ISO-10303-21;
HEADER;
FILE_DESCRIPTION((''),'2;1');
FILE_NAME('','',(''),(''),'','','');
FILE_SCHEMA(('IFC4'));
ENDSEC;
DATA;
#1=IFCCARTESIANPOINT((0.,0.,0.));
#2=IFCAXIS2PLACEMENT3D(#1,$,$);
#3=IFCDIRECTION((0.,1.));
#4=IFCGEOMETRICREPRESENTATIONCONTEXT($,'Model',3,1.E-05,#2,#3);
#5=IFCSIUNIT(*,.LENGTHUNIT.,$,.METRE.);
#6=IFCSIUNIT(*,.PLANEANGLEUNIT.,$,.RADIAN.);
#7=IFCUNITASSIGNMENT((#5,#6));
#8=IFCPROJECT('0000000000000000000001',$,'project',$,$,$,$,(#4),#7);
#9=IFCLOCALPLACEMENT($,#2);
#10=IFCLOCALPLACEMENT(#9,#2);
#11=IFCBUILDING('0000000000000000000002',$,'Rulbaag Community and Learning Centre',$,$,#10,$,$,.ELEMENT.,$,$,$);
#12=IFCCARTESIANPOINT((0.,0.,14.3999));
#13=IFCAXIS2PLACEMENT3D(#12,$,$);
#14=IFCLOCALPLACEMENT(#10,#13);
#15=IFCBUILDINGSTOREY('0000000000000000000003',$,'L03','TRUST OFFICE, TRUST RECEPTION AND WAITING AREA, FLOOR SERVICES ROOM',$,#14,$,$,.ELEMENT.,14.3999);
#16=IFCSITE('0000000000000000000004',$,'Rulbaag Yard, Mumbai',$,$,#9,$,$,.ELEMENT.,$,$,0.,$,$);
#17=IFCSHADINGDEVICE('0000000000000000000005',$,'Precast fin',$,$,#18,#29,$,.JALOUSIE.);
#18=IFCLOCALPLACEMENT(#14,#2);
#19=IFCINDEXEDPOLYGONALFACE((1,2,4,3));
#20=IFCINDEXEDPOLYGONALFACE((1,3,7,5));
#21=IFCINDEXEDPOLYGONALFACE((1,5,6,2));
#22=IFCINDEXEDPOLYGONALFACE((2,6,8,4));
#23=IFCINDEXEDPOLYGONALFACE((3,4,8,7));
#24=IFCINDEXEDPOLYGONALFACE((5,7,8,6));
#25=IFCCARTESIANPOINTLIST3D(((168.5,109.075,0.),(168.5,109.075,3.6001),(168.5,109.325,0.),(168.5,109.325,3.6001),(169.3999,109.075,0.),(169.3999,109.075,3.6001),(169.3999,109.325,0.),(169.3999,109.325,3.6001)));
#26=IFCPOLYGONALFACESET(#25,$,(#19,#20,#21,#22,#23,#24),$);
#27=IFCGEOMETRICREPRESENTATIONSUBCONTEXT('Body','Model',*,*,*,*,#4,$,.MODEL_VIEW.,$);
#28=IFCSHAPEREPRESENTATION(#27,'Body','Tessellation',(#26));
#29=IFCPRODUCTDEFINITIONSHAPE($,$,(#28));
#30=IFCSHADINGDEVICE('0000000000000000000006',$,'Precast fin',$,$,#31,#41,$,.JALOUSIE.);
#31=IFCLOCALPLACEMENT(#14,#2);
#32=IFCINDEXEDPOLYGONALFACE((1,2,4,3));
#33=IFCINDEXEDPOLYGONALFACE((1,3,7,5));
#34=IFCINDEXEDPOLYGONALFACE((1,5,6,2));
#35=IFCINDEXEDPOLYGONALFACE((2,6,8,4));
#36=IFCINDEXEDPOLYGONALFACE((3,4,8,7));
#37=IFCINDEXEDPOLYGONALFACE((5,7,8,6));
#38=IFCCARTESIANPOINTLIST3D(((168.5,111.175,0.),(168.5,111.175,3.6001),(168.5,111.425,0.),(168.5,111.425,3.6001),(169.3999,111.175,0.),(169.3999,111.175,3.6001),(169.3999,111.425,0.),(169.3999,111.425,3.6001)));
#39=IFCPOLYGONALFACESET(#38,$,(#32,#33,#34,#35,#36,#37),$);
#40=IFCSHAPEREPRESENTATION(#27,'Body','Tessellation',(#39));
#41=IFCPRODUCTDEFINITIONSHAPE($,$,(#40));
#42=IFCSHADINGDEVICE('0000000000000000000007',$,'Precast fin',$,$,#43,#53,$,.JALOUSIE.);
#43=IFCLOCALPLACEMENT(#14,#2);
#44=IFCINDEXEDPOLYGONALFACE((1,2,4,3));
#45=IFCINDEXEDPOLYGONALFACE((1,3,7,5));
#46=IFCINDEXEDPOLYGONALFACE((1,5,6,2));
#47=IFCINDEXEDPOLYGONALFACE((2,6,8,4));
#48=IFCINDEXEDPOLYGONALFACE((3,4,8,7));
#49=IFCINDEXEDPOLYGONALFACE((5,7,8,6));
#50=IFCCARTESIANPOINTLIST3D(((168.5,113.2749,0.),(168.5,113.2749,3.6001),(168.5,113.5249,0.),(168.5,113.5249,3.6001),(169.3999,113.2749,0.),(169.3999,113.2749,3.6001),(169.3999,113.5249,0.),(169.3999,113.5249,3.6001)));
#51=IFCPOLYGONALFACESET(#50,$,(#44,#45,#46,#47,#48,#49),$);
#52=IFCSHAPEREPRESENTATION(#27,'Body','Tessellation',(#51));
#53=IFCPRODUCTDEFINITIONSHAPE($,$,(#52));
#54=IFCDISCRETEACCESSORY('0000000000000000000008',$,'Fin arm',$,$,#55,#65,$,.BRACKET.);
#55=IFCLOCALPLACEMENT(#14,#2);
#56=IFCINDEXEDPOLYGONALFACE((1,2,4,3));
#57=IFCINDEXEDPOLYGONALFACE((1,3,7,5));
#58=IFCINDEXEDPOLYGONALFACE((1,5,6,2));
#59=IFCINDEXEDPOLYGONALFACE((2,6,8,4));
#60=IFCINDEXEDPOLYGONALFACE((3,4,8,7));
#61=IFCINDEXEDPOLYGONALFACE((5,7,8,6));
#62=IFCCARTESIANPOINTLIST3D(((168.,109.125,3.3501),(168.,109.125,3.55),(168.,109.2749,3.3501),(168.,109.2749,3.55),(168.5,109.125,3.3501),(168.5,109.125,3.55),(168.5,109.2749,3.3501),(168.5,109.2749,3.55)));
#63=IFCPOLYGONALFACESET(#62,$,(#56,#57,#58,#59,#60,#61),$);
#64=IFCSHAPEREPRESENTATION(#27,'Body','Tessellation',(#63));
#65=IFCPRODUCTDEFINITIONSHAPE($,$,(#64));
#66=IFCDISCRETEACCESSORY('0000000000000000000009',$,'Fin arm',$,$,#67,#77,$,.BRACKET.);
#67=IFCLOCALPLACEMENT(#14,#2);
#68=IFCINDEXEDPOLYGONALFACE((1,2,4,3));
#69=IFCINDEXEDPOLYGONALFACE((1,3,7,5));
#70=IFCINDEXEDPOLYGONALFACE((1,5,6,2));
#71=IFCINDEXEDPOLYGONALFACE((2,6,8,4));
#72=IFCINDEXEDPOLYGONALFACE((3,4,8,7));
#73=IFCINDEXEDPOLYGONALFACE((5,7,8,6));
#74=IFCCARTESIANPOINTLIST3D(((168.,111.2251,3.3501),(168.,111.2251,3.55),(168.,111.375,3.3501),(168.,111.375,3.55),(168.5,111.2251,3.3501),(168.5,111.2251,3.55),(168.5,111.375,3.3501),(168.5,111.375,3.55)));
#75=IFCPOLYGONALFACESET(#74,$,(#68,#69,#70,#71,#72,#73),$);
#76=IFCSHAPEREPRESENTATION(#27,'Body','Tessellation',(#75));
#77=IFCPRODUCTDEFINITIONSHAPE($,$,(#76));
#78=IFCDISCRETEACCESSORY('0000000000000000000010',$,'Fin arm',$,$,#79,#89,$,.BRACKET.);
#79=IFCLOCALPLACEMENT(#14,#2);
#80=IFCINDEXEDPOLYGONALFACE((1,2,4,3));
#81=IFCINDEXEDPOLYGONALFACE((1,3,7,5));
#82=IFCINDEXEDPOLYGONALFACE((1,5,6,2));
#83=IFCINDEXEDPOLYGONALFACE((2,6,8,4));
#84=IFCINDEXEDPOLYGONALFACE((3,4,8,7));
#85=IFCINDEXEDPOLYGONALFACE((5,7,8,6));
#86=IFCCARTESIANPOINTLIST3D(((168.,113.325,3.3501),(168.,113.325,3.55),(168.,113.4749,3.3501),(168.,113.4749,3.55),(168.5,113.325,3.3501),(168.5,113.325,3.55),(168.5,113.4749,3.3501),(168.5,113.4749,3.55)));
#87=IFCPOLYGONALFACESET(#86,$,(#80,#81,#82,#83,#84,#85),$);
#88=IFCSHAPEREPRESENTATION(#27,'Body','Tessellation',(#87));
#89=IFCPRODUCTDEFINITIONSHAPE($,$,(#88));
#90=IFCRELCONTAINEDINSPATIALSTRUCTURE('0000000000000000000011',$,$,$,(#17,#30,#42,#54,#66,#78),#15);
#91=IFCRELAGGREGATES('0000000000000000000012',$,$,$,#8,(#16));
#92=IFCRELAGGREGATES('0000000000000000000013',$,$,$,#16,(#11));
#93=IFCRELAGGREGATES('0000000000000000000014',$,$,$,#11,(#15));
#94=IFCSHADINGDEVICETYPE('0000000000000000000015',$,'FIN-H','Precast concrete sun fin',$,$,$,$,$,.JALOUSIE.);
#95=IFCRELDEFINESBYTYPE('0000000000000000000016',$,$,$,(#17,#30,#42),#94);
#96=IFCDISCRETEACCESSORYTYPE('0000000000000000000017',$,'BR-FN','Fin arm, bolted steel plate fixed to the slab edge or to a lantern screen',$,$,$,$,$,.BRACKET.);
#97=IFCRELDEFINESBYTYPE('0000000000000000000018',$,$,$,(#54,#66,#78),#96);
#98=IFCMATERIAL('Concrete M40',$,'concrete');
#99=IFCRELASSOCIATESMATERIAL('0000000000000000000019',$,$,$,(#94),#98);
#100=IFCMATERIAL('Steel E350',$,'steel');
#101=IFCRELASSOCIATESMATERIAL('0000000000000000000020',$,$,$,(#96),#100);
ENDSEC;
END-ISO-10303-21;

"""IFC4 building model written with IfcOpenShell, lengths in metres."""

from ifc_helpers import new_model, si_unit, direction, frame, origin, origin_2d, place, context, subcontext, project, spatial, rectangle, extrude, material, material_profile, profile_set, type_object, element, save


model = new_model("IFC4")

# Units and contexts
model_context = context("Model", 3, precision=1e-05, world=origin(), true_north=direction((0.0, 1.0)))
body_context = subcontext(model_context, "Body", "Model", "MODEL_VIEW")
ifc_project = project(units=[si_unit("LENGTHUNIT", "METRE"), si_unit("PLANEANGLEUNIT", "RADIAN")], contexts=[model_context])

# Site, building, storey
site_placement = place(None, origin())
site = spatial("IfcSite", under=ifc_project, at=site_placement, Name="Rulbaag Yard, Mumbai", CompositionType="ELEMENT", RefElevation=0.0)
building_placement = place(site_placement, origin())
building = spatial("IfcBuilding", under=site, at=building_placement, Name="Rulbaag Community and Learning Centre", CompositionType="ELEMENT")
storey_placement = place(building_placement, frame((0.0, 0.0, 14.3999)))
storey = spatial("IfcBuildingStorey", under=building, at=storey_placement, Name="L03", Description="TRUST OFFICE, TRUST RECEPTION AND WAITING AREA, FLOOR SERVICES ROOM", CompositionType="ELEMENT", Elevation=14.3999)

# Shading devices
ifc_material_1 = material(Name="Concrete M40", Category="concrete")
ifc_material_profile_1 = material_profile(ifc_material_1, rectangle(XDim=0.25, YDim=0.8999, at=origin_2d()), Name="PC 250x900")
ifc_profile_set_1 = profile_set([ifc_material_profile_1], Name="Concrete M40")
shading_device_type = type_object("IfcShadingDeviceType", Name="FIN-H", Description="Precast concrete sun fin", PredefinedType="JALOUSIE", material=ifc_profile_set_1)
for number, where, z_axis, x_axis, name in (
    (1, (168.95, 109.2, 0.0), (0.0, 0.0, 1.0), (0.0, 1.0, 0.0), "Precast fin"),
    (2, (168.95, 111.3, 0.0), (0.0, 0.0, 1.0), (0.0, 1.0, 0.0), "Precast fin"),
    (3, (168.95, 113.3999, 0.0), (0.0, 0.0, 1.0), (0.0, 1.0, 0.0), "Precast fin"),
):
    element("IfcShadingDevice", number, at=place(storey_placement, frame(where, z_axis=z_axis, x_axis=x_axis)), inside=storey, type_object=shading_device_type, Name=name, PredefinedType="JALOUSIE", context=body_context, shape_type="SweptSolid", body=[
        extrude(rectangle(XDim=0.25, YDim=0.8999, at=origin_2d()), origin(), (0.0, 0.0, 1.0), 3.6001),
    ])

# Discrete accessories
ifc_material_2 = material(Name="Steel E350", Category="steel")
discrete_accessory_type = type_object("IfcDiscreteAccessoryType", Name="BR-FN", Description="Fin arm, bolted steel plate fixed to the slab edge or to a lantern screen", PredefinedType="BRACKET", material=ifc_material_2)
for number, where, z_axis, x_axis, name in (
    (4, (168.25, 109.2, 3.3501), (0.0, 0.0, 1.0), (1.0, 0.0, 0.0), "Fin arm"),
    (5, (168.25, 111.3, 3.3501), (0.0, 0.0, 1.0), (1.0, 0.0, 0.0), "Fin arm"),
    (6, (168.25, 113.3999, 3.3501), (0.0, 0.0, 1.0), (1.0, 0.0, 0.0), "Fin arm"),
):
    element("IfcDiscreteAccessory", number, at=place(storey_placement, frame(where, z_axis=z_axis, x_axis=x_axis)), inside=storey, type_object=discrete_accessory_type, Name=name, PredefinedType="BRACKET", context=body_context, shape_type="SweptSolid", body=[
        extrude(rectangle(XDim=0.5, YDim=0.1499, at=origin_2d()), origin(), (0.0, 0.0, 1.0), 0.2),
    ])

save(model, "model.ifc")
